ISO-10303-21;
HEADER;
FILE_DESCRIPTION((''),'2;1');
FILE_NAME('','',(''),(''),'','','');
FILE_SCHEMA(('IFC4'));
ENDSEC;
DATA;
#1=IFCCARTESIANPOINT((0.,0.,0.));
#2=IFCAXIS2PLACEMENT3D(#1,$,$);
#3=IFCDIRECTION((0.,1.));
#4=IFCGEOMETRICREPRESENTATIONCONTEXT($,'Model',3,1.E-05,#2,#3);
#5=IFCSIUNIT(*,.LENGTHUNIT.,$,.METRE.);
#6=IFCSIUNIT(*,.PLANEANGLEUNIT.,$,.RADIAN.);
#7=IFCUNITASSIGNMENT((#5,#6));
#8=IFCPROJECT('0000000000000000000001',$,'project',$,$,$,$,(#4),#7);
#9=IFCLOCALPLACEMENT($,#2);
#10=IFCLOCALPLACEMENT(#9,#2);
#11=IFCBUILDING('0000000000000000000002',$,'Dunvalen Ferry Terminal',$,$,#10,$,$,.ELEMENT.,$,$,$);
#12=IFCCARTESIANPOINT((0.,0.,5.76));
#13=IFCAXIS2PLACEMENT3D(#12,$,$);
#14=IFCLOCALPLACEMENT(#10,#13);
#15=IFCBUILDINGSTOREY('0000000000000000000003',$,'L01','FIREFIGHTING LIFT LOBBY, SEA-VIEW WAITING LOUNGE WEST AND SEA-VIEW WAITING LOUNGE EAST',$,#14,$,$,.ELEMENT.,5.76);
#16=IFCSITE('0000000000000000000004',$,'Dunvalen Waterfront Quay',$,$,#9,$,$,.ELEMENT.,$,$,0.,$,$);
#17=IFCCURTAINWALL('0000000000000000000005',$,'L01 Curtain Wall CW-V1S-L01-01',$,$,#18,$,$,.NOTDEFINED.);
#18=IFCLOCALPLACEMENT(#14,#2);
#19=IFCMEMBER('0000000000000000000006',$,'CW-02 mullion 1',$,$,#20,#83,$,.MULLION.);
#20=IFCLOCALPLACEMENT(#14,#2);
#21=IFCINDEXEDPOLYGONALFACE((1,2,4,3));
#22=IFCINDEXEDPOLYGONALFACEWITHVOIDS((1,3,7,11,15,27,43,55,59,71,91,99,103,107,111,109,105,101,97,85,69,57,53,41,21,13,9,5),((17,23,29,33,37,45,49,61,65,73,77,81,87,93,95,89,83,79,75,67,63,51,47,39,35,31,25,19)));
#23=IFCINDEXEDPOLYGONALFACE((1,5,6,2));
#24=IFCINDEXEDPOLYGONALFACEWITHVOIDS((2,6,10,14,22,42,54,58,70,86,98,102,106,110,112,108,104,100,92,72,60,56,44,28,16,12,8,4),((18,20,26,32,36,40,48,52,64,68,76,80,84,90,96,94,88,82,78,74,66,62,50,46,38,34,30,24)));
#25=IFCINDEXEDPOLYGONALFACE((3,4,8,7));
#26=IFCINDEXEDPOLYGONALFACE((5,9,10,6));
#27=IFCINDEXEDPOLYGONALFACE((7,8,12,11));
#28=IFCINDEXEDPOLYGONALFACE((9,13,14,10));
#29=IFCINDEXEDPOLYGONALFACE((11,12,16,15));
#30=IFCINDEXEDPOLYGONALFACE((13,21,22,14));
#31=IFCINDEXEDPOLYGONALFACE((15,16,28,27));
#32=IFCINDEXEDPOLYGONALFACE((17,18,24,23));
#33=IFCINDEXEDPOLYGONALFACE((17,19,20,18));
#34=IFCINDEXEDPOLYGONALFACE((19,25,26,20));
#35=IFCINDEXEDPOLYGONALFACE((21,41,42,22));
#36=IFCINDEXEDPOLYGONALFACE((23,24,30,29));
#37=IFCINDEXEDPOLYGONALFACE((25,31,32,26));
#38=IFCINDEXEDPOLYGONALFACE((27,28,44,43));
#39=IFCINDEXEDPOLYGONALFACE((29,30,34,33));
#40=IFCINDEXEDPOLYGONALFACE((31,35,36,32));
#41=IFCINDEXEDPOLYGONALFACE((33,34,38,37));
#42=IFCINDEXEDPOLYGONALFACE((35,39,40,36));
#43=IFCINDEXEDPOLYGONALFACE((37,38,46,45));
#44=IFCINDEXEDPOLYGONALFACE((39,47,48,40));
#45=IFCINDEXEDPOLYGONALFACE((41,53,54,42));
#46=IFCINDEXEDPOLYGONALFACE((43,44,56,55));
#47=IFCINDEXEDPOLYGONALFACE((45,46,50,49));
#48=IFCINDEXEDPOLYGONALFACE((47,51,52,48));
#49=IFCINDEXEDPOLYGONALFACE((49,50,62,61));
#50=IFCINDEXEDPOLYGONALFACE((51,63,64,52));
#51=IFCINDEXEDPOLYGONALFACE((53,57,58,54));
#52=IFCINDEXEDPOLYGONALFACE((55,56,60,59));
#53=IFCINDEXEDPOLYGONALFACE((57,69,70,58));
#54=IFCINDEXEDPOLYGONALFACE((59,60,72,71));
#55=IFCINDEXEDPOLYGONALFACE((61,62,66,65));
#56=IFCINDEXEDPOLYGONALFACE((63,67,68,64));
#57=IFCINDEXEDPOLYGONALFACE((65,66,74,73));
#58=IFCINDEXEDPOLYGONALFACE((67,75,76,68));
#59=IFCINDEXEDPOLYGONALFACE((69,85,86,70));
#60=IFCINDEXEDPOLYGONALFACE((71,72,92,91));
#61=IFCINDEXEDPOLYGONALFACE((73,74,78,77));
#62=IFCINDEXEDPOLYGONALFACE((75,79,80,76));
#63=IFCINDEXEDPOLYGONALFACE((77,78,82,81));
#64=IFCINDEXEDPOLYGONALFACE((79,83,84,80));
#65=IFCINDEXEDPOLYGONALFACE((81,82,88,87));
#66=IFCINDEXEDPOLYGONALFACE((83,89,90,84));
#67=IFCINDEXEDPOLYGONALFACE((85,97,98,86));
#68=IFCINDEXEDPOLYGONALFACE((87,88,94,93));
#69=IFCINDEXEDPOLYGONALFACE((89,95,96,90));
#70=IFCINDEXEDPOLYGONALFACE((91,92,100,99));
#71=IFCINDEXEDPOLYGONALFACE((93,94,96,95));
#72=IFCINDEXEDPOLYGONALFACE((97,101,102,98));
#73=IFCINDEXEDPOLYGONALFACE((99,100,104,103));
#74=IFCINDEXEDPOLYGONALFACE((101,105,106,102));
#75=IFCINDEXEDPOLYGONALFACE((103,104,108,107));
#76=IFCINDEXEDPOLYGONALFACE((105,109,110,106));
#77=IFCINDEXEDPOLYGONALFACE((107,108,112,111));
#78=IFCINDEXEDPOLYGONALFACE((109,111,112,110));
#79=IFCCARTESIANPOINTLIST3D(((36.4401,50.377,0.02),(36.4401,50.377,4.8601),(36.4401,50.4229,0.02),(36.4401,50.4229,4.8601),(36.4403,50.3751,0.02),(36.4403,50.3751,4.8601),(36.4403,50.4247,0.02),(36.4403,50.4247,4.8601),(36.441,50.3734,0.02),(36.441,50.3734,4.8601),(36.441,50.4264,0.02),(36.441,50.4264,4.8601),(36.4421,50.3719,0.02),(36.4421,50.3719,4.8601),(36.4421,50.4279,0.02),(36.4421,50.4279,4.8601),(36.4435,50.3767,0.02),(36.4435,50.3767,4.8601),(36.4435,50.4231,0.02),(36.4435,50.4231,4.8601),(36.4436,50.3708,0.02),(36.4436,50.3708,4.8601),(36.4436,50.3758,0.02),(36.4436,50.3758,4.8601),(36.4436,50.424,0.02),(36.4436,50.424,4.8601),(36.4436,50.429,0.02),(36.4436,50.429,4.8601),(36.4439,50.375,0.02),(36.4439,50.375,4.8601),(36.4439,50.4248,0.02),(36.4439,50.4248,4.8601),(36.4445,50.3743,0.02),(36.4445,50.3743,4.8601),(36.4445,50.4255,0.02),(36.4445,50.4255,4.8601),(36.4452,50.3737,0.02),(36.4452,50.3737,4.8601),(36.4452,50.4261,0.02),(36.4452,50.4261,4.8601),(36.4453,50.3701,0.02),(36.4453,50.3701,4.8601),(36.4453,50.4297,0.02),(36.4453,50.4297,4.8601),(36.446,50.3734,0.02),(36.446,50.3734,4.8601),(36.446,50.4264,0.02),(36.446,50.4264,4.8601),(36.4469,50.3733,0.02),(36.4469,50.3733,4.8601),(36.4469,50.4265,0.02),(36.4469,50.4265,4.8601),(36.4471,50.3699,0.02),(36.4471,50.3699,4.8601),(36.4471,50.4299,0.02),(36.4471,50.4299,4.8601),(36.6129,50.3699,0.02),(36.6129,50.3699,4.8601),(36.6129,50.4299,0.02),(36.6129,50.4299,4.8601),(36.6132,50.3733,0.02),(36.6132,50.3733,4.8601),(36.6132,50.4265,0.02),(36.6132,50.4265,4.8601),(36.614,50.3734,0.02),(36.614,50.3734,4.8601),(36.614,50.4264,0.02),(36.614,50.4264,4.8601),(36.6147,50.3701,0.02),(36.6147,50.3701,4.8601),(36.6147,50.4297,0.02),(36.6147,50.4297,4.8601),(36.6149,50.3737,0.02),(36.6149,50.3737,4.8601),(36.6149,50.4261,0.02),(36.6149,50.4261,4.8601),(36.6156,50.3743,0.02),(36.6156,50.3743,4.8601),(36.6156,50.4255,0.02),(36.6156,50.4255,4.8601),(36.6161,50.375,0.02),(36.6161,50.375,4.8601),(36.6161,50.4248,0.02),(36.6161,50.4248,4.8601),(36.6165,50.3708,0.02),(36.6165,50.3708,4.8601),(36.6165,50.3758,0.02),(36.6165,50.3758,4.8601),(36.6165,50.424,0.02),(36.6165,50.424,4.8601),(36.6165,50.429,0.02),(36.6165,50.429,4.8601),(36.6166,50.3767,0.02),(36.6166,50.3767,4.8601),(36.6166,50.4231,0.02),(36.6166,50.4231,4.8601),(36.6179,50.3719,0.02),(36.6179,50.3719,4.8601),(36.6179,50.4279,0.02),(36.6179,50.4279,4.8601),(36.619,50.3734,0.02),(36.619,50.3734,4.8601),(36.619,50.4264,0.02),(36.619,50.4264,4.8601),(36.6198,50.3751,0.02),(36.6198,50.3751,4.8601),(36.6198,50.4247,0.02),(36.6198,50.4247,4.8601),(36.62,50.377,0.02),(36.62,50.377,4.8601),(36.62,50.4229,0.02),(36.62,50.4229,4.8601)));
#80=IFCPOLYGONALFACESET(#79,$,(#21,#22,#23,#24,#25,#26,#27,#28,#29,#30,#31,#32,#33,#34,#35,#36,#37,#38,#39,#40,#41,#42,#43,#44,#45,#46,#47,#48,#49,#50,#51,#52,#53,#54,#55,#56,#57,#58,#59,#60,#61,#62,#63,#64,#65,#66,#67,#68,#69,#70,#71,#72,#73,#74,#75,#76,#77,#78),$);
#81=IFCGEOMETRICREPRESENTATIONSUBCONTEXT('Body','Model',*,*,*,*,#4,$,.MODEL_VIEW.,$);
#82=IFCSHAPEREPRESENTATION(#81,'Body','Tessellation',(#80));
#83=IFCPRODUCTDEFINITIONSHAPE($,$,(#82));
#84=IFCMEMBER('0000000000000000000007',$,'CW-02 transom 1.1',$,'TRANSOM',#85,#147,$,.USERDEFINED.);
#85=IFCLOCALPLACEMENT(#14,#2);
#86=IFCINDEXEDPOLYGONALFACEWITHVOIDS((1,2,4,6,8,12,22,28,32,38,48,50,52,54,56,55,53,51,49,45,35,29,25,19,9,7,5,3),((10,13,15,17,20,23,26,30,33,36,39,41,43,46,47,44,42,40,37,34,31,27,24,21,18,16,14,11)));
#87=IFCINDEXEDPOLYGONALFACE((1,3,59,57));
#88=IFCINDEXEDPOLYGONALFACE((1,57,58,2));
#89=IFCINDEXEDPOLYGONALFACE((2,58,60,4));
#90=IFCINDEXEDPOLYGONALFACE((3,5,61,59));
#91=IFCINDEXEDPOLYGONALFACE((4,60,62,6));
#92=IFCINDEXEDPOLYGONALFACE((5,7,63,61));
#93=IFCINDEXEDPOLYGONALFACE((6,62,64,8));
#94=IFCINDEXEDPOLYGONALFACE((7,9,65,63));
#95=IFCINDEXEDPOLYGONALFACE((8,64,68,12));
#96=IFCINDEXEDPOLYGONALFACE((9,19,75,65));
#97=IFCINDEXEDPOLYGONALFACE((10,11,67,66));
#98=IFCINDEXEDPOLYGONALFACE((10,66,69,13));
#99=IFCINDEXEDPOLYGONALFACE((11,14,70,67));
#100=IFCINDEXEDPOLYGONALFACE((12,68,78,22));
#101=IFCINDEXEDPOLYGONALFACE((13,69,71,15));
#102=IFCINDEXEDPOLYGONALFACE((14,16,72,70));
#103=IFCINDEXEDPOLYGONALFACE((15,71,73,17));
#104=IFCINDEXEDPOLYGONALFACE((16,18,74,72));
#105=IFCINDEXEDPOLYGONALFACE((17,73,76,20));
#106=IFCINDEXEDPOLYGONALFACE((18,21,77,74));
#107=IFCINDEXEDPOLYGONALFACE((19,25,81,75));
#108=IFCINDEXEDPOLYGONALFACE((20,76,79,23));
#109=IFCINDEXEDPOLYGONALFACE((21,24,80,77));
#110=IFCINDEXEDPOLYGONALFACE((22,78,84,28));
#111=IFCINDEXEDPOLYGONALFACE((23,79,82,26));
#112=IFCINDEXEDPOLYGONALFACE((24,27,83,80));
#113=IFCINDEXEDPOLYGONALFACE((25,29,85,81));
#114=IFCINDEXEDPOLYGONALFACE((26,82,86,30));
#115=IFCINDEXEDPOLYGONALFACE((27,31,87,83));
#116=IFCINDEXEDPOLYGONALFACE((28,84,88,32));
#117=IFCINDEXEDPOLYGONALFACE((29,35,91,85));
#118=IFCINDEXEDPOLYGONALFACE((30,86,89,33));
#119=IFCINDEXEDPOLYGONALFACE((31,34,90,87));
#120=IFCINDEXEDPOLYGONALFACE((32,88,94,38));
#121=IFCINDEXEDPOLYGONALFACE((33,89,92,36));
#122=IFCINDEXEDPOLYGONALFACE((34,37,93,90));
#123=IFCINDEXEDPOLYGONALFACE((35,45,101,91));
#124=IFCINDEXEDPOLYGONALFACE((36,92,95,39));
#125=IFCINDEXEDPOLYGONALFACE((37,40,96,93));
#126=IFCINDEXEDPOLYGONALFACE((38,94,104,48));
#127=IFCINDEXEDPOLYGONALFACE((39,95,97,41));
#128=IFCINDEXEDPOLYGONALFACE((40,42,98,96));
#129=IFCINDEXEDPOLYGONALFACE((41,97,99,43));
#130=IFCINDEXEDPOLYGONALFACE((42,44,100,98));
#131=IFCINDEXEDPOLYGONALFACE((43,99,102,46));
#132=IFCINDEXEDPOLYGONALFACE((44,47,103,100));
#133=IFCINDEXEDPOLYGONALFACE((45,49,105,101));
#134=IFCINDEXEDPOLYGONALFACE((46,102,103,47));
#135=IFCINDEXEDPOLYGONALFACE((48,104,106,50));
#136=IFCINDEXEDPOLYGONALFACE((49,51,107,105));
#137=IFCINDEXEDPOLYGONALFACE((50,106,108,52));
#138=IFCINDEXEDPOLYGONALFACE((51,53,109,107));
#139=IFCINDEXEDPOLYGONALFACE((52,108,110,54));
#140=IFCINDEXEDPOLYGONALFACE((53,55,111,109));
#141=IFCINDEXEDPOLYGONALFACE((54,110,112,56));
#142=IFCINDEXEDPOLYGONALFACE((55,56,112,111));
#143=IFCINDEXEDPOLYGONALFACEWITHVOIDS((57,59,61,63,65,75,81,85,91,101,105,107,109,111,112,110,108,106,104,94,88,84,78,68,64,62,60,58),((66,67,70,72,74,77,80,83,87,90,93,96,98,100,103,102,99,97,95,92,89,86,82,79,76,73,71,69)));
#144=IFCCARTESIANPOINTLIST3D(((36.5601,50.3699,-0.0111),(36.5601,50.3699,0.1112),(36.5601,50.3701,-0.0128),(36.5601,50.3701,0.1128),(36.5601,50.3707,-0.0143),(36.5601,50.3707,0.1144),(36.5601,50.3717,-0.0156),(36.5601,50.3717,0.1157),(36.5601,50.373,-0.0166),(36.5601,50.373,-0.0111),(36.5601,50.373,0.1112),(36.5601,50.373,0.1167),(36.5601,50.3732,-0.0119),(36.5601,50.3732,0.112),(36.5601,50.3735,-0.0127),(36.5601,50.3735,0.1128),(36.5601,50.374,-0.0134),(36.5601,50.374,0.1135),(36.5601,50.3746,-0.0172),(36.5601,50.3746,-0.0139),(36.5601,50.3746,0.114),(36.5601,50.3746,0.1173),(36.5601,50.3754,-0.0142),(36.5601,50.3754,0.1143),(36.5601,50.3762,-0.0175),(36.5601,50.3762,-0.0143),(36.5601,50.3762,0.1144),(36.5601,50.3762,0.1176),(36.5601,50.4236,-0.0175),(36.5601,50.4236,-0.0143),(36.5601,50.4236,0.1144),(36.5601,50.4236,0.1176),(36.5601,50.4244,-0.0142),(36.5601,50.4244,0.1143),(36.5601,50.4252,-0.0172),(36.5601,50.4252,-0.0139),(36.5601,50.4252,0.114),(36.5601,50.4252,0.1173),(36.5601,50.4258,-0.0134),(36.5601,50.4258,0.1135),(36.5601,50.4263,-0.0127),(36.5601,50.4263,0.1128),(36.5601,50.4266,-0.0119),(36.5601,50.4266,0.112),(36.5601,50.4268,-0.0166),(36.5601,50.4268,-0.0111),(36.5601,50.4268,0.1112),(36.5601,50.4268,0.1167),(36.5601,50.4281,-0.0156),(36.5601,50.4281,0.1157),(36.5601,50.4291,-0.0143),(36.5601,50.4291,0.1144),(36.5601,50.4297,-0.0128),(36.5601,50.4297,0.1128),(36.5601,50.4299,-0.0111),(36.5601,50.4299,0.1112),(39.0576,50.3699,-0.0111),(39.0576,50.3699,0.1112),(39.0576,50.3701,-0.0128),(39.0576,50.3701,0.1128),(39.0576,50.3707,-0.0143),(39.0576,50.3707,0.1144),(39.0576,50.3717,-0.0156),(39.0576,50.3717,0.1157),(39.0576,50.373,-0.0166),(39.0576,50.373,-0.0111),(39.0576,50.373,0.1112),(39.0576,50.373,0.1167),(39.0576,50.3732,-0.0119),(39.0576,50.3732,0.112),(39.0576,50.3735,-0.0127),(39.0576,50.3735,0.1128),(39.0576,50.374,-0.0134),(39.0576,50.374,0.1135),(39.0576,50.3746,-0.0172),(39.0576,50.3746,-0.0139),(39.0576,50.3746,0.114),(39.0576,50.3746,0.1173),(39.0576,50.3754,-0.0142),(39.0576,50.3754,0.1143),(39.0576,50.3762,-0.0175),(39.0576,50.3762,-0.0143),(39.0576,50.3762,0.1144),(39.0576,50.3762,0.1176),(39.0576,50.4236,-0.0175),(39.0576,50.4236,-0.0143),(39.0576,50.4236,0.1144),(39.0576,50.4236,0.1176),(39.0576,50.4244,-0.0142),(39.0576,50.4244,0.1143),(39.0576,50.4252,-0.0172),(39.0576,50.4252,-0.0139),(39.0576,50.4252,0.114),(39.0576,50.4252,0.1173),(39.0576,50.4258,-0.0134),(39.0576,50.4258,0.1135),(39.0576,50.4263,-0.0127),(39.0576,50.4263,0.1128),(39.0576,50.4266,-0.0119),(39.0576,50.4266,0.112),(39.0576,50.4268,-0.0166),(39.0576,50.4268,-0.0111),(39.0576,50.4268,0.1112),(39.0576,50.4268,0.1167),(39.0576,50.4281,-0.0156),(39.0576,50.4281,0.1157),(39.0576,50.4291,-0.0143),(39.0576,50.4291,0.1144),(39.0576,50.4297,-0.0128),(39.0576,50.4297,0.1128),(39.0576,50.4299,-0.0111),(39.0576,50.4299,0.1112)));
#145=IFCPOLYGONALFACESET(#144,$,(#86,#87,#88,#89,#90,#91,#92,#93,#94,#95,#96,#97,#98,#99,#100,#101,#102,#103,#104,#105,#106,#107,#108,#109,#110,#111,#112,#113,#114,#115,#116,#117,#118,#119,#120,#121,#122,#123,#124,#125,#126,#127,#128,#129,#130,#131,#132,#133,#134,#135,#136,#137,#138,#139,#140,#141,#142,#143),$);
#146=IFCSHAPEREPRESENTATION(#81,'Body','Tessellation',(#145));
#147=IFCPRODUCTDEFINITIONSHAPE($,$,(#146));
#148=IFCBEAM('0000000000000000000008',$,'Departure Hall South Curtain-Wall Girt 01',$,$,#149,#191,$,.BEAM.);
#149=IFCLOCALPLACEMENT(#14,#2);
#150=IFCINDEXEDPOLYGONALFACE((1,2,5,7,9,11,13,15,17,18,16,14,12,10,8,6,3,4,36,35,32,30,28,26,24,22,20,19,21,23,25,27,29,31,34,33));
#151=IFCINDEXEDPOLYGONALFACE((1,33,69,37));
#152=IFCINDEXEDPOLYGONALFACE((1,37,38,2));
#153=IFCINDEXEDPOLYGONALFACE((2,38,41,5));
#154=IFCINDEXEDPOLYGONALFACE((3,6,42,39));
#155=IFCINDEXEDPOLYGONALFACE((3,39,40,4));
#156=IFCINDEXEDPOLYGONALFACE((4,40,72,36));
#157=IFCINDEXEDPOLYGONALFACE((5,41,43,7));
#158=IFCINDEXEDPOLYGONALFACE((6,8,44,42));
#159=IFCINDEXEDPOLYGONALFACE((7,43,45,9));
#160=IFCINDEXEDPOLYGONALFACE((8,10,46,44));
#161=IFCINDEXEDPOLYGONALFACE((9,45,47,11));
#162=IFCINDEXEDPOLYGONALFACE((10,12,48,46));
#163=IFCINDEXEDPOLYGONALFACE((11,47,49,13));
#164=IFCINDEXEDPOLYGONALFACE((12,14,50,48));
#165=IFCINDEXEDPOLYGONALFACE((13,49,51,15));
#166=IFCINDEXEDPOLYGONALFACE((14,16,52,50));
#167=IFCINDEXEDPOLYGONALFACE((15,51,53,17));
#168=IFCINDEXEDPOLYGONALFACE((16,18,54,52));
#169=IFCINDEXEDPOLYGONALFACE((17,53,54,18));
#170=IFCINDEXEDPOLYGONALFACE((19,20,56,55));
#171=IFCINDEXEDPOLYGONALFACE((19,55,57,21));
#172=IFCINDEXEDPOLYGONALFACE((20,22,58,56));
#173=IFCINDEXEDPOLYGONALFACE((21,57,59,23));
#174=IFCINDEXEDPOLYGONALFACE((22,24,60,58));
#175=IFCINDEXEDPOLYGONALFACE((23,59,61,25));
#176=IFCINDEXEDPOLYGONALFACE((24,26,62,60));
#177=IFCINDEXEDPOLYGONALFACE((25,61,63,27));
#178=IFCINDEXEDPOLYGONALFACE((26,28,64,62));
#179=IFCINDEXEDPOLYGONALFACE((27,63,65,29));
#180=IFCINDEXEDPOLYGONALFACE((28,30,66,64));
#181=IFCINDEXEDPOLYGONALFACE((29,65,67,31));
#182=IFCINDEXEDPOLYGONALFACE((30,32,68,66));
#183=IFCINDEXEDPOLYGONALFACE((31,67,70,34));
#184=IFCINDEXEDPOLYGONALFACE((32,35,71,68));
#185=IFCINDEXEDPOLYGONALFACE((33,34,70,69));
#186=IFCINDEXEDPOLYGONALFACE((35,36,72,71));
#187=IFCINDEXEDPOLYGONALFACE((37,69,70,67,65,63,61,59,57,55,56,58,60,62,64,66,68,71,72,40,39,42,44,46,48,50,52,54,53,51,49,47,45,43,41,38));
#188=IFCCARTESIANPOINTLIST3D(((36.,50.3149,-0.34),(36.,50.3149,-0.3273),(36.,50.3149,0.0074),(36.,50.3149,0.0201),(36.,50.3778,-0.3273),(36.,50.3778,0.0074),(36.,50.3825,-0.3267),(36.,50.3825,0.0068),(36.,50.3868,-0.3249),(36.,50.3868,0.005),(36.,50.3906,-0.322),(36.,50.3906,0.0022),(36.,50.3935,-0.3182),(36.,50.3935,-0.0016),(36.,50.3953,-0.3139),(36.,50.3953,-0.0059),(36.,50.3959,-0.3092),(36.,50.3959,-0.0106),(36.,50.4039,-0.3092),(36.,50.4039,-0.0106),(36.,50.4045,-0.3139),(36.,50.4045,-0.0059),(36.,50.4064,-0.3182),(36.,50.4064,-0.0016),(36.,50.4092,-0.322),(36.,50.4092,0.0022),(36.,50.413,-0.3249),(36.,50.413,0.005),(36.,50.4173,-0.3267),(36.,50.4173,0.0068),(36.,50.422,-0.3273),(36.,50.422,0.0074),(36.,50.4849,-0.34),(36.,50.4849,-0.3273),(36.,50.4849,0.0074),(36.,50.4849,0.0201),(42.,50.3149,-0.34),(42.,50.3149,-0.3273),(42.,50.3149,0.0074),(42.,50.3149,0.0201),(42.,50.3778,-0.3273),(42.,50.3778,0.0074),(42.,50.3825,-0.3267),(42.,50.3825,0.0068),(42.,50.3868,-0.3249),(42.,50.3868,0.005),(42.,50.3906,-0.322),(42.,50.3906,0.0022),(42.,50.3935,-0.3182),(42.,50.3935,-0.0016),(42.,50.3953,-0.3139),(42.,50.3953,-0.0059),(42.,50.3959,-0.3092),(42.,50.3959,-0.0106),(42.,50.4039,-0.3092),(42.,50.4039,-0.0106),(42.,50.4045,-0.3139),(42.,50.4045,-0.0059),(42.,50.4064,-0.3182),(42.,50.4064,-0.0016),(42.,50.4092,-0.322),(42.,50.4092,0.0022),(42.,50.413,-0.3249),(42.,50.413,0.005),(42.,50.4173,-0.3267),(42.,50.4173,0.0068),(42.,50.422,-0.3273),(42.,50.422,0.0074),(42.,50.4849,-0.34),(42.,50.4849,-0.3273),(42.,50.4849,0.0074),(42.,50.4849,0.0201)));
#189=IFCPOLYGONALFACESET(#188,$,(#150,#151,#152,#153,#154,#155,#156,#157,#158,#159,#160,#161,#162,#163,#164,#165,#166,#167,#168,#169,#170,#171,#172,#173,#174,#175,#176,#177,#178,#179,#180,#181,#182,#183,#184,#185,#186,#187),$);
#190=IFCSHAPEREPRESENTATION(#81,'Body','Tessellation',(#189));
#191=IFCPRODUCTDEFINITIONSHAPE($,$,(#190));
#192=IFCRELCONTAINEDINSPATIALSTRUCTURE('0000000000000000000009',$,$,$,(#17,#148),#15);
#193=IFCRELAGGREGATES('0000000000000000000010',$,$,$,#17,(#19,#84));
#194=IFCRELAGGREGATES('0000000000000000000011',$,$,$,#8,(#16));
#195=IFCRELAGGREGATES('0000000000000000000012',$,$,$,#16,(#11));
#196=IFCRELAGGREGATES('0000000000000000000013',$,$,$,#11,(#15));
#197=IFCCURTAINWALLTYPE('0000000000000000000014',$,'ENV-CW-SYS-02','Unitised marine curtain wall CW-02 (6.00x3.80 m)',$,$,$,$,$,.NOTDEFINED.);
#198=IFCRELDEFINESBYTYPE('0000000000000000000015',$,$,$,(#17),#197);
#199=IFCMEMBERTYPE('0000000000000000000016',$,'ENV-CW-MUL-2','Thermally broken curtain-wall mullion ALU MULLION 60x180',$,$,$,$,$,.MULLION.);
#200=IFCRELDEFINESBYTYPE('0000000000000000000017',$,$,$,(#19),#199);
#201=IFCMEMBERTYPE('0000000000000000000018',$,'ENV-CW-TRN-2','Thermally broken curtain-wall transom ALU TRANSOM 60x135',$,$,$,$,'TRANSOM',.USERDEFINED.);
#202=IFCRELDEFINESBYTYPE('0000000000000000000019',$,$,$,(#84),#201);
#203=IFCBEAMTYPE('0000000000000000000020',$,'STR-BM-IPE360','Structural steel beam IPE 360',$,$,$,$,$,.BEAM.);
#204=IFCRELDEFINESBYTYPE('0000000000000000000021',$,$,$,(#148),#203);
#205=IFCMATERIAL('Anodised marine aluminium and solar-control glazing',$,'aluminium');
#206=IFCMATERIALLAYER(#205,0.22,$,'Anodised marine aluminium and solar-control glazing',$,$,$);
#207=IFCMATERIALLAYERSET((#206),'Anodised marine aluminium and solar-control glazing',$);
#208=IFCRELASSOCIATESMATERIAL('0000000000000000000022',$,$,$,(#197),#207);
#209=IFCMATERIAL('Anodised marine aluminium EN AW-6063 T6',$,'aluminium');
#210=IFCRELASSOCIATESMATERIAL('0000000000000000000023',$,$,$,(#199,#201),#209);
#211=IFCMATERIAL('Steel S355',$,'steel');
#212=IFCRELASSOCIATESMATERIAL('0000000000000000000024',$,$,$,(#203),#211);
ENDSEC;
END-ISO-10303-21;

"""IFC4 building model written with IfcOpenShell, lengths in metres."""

from ifc_helpers import new_model, si_unit, direction, frame, origin, origin_2d, place, context, subcontext, project, spatial, hollow_rectangle, i_section, extrude, material, layer, layer_set, material_profile, profile_set, type_object, element, aggregate, save


model = new_model("IFC4")

# Units and contexts
model_context = context("Model", 3, precision=1e-05, world=origin(), true_north=direction((0.0, 1.0)))
body_context = subcontext(model_context, "Body", "Model", "MODEL_VIEW")
ifc_project = project(units=[si_unit("LENGTHUNIT", "METRE"), si_unit("PLANEANGLEUNIT", "RADIAN")], contexts=[model_context])

# Site, building, storey
site_placement = place(None, origin())
site = spatial("IfcSite", under=ifc_project, at=site_placement, Name="Dunvalen Waterfront Quay", CompositionType="ELEMENT", RefElevation=0.0)
building_placement = place(site_placement, origin())
building = spatial("IfcBuilding", under=site, at=building_placement, Name="Dunvalen Ferry Terminal", CompositionType="ELEMENT")
storey_placement = place(building_placement, frame((0.0, 0.0, 5.76)))
storey = spatial("IfcBuildingStorey", under=building, at=storey_placement, Name="L01", Description="FIREFIGHTING LIFT LOBBY, SEA-VIEW WAITING LOUNGE WEST AND SEA-VIEW WAITING LOUNGE EAST", CompositionType="ELEMENT", Elevation=5.76)

# Shared definitions
ifc_material_1 = material(Name="Steel S355", Category="steel")

# Curtain wall, members
ifc_material_2 = material(Name="Anodised marine aluminium and solar-control glazing", Category="aluminium")
ifc_layer_1 = layer(ifc_material_2, 0.22, Name="Anodised marine aluminium and solar-control glazing")
ifc_layer_set_1 = layer_set([ifc_layer_1], Name="Anodised marine aluminium and solar-control glazing")
curtain_wall_type = type_object("IfcCurtainWallType", Name="ENV-CW-SYS-02", Description="Unitised marine curtain wall CW-02 (6.00x3.80 m)", PredefinedType="NOTDEFINED", material=ifc_layer_set_1)
curtain_wall_placement = place(storey_placement, origin())
curtain_wall = element("IfcCurtainWall", 1, at=curtain_wall_placement, inside=storey, type_object=curtain_wall_type, Name="L01 Curtain Wall CW-V1S-L01-01", PredefinedType="NOTDEFINED")
ifc_material_3 = material(Name="Anodised marine aluminium EN AW-6063 T6", Category="aluminium")
ifc_material_profile_1 = material_profile(ifc_material_3, hollow_rectangle(XDim=0.0601, YDim=0.1799, WallThickness=0.0034, InnerFilletRadius=0.0034, OuterFilletRadius=0.0071, at=origin_2d()), Name="Anodised marine aluminium EN AW-6063 T6")
ifc_profile_set_1 = profile_set([ifc_material_profile_1], Name="Anodised marine aluminium EN AW-6063 T6")
member_type_1 = type_object("IfcMemberType", Name="ENV-CW-MUL-2", Description="Thermally broken curtain-wall mullion ALU MULLION 60x180", PredefinedType="MULLION", material=ifc_profile_set_1)
member_1_placement = place(storey_placement, frame((36.53, 50.3999, 0.02), z_axis=(0.0, 0.0, 1.0), x_axis=(0.0, 1.0, 0.0)))
member_1 = element("IfcMember", 2, at=member_1_placement, type_object=member_type_1, Name="CW-02 mullion 1", PredefinedType="MULLION", context=body_context, shape_type="SweptSolid", body=[
    extrude(hollow_rectangle(XDim=0.0601, YDim=0.1799, WallThickness=0.0034, InnerFilletRadius=0.0034, OuterFilletRadius=0.0071, at=origin_2d()), origin(), (0.0, 0.0, 1.0), 4.8401),
])
ifc_material_profile_2 = material_profile(ifc_material_3, hollow_rectangle(XDim=0.0601, YDim=0.135, WallThickness=0.0032, InnerFilletRadius=0.0032, OuterFilletRadius=0.0063, at=origin_2d()), Name="Anodised marine aluminium EN AW-6063 T6")
ifc_profile_set_2 = profile_set([ifc_material_profile_2], Name="Anodised marine aluminium EN AW-6063 T6")
member_type_2 = type_object("IfcMemberType", Name="ENV-CW-TRN-2", Description="Thermally broken curtain-wall transom ALU TRANSOM 60x135", ElementType="TRANSOM", PredefinedType="USERDEFINED", material=ifc_profile_set_2)
member_2_placement = place(storey_placement, frame((36.5601, 50.3999, 0.05), z_axis=(1.0, 0.0, 0.0), x_axis=(0.0, 1.0, 0.0)))
member_2 = element("IfcMember", 3, at=member_2_placement, type_object=member_type_2, Name="CW-02 transom 1.1", ObjectType="TRANSOM", PredefinedType="USERDEFINED", context=body_context, shape_type="SweptSolid", body=[
    extrude(hollow_rectangle(XDim=0.0601, YDim=0.135, WallThickness=0.0032, InnerFilletRadius=0.0032, OuterFilletRadius=0.0063, at=origin_2d()), origin(), (0.0, 0.0, 1.0), 2.4976),
])
aggregate(curtain_wall, [member_1, member_2])

# Beam
ifc_material_profile_3 = material_profile(ifc_material_1, i_section(OverallWidth=0.1699, OverallDepth=0.3601, WebThickness=0.0081, FlangeThickness=0.0127, FilletRadius=0.0181, at=origin_2d()), Name="Steel S355")
ifc_profile_set_3 = profile_set([ifc_material_profile_3], Name="Steel S355")
beam_type_1 = type_object("IfcBeamType", Name="STR-BM-IPE360", Description="Structural steel beam IPE 360", PredefinedType="BEAM", material=ifc_profile_set_3)
beam_1_placement = place(storey_placement, frame((36.0, 50.3999, -0.1599), z_axis=(1.0, 0.0, 0.0), x_axis=(0.0, 1.0, 0.0)))
element("IfcBeam", 4, at=beam_1_placement, inside=storey, type_object=beam_type_1, Name="Departure Hall South Curtain-Wall Girt 01", PredefinedType="BEAM", context=body_context, shape_type="SweptSolid", body=[
    extrude(i_section(OverallWidth=0.1699, OverallDepth=0.3601, WebThickness=0.0081, FlangeThickness=0.0127, FilletRadius=0.0181, at=origin_2d()), origin(), (0.0, 0.0, 1.0), 6.0),
])

save(model, "model.ifc")
